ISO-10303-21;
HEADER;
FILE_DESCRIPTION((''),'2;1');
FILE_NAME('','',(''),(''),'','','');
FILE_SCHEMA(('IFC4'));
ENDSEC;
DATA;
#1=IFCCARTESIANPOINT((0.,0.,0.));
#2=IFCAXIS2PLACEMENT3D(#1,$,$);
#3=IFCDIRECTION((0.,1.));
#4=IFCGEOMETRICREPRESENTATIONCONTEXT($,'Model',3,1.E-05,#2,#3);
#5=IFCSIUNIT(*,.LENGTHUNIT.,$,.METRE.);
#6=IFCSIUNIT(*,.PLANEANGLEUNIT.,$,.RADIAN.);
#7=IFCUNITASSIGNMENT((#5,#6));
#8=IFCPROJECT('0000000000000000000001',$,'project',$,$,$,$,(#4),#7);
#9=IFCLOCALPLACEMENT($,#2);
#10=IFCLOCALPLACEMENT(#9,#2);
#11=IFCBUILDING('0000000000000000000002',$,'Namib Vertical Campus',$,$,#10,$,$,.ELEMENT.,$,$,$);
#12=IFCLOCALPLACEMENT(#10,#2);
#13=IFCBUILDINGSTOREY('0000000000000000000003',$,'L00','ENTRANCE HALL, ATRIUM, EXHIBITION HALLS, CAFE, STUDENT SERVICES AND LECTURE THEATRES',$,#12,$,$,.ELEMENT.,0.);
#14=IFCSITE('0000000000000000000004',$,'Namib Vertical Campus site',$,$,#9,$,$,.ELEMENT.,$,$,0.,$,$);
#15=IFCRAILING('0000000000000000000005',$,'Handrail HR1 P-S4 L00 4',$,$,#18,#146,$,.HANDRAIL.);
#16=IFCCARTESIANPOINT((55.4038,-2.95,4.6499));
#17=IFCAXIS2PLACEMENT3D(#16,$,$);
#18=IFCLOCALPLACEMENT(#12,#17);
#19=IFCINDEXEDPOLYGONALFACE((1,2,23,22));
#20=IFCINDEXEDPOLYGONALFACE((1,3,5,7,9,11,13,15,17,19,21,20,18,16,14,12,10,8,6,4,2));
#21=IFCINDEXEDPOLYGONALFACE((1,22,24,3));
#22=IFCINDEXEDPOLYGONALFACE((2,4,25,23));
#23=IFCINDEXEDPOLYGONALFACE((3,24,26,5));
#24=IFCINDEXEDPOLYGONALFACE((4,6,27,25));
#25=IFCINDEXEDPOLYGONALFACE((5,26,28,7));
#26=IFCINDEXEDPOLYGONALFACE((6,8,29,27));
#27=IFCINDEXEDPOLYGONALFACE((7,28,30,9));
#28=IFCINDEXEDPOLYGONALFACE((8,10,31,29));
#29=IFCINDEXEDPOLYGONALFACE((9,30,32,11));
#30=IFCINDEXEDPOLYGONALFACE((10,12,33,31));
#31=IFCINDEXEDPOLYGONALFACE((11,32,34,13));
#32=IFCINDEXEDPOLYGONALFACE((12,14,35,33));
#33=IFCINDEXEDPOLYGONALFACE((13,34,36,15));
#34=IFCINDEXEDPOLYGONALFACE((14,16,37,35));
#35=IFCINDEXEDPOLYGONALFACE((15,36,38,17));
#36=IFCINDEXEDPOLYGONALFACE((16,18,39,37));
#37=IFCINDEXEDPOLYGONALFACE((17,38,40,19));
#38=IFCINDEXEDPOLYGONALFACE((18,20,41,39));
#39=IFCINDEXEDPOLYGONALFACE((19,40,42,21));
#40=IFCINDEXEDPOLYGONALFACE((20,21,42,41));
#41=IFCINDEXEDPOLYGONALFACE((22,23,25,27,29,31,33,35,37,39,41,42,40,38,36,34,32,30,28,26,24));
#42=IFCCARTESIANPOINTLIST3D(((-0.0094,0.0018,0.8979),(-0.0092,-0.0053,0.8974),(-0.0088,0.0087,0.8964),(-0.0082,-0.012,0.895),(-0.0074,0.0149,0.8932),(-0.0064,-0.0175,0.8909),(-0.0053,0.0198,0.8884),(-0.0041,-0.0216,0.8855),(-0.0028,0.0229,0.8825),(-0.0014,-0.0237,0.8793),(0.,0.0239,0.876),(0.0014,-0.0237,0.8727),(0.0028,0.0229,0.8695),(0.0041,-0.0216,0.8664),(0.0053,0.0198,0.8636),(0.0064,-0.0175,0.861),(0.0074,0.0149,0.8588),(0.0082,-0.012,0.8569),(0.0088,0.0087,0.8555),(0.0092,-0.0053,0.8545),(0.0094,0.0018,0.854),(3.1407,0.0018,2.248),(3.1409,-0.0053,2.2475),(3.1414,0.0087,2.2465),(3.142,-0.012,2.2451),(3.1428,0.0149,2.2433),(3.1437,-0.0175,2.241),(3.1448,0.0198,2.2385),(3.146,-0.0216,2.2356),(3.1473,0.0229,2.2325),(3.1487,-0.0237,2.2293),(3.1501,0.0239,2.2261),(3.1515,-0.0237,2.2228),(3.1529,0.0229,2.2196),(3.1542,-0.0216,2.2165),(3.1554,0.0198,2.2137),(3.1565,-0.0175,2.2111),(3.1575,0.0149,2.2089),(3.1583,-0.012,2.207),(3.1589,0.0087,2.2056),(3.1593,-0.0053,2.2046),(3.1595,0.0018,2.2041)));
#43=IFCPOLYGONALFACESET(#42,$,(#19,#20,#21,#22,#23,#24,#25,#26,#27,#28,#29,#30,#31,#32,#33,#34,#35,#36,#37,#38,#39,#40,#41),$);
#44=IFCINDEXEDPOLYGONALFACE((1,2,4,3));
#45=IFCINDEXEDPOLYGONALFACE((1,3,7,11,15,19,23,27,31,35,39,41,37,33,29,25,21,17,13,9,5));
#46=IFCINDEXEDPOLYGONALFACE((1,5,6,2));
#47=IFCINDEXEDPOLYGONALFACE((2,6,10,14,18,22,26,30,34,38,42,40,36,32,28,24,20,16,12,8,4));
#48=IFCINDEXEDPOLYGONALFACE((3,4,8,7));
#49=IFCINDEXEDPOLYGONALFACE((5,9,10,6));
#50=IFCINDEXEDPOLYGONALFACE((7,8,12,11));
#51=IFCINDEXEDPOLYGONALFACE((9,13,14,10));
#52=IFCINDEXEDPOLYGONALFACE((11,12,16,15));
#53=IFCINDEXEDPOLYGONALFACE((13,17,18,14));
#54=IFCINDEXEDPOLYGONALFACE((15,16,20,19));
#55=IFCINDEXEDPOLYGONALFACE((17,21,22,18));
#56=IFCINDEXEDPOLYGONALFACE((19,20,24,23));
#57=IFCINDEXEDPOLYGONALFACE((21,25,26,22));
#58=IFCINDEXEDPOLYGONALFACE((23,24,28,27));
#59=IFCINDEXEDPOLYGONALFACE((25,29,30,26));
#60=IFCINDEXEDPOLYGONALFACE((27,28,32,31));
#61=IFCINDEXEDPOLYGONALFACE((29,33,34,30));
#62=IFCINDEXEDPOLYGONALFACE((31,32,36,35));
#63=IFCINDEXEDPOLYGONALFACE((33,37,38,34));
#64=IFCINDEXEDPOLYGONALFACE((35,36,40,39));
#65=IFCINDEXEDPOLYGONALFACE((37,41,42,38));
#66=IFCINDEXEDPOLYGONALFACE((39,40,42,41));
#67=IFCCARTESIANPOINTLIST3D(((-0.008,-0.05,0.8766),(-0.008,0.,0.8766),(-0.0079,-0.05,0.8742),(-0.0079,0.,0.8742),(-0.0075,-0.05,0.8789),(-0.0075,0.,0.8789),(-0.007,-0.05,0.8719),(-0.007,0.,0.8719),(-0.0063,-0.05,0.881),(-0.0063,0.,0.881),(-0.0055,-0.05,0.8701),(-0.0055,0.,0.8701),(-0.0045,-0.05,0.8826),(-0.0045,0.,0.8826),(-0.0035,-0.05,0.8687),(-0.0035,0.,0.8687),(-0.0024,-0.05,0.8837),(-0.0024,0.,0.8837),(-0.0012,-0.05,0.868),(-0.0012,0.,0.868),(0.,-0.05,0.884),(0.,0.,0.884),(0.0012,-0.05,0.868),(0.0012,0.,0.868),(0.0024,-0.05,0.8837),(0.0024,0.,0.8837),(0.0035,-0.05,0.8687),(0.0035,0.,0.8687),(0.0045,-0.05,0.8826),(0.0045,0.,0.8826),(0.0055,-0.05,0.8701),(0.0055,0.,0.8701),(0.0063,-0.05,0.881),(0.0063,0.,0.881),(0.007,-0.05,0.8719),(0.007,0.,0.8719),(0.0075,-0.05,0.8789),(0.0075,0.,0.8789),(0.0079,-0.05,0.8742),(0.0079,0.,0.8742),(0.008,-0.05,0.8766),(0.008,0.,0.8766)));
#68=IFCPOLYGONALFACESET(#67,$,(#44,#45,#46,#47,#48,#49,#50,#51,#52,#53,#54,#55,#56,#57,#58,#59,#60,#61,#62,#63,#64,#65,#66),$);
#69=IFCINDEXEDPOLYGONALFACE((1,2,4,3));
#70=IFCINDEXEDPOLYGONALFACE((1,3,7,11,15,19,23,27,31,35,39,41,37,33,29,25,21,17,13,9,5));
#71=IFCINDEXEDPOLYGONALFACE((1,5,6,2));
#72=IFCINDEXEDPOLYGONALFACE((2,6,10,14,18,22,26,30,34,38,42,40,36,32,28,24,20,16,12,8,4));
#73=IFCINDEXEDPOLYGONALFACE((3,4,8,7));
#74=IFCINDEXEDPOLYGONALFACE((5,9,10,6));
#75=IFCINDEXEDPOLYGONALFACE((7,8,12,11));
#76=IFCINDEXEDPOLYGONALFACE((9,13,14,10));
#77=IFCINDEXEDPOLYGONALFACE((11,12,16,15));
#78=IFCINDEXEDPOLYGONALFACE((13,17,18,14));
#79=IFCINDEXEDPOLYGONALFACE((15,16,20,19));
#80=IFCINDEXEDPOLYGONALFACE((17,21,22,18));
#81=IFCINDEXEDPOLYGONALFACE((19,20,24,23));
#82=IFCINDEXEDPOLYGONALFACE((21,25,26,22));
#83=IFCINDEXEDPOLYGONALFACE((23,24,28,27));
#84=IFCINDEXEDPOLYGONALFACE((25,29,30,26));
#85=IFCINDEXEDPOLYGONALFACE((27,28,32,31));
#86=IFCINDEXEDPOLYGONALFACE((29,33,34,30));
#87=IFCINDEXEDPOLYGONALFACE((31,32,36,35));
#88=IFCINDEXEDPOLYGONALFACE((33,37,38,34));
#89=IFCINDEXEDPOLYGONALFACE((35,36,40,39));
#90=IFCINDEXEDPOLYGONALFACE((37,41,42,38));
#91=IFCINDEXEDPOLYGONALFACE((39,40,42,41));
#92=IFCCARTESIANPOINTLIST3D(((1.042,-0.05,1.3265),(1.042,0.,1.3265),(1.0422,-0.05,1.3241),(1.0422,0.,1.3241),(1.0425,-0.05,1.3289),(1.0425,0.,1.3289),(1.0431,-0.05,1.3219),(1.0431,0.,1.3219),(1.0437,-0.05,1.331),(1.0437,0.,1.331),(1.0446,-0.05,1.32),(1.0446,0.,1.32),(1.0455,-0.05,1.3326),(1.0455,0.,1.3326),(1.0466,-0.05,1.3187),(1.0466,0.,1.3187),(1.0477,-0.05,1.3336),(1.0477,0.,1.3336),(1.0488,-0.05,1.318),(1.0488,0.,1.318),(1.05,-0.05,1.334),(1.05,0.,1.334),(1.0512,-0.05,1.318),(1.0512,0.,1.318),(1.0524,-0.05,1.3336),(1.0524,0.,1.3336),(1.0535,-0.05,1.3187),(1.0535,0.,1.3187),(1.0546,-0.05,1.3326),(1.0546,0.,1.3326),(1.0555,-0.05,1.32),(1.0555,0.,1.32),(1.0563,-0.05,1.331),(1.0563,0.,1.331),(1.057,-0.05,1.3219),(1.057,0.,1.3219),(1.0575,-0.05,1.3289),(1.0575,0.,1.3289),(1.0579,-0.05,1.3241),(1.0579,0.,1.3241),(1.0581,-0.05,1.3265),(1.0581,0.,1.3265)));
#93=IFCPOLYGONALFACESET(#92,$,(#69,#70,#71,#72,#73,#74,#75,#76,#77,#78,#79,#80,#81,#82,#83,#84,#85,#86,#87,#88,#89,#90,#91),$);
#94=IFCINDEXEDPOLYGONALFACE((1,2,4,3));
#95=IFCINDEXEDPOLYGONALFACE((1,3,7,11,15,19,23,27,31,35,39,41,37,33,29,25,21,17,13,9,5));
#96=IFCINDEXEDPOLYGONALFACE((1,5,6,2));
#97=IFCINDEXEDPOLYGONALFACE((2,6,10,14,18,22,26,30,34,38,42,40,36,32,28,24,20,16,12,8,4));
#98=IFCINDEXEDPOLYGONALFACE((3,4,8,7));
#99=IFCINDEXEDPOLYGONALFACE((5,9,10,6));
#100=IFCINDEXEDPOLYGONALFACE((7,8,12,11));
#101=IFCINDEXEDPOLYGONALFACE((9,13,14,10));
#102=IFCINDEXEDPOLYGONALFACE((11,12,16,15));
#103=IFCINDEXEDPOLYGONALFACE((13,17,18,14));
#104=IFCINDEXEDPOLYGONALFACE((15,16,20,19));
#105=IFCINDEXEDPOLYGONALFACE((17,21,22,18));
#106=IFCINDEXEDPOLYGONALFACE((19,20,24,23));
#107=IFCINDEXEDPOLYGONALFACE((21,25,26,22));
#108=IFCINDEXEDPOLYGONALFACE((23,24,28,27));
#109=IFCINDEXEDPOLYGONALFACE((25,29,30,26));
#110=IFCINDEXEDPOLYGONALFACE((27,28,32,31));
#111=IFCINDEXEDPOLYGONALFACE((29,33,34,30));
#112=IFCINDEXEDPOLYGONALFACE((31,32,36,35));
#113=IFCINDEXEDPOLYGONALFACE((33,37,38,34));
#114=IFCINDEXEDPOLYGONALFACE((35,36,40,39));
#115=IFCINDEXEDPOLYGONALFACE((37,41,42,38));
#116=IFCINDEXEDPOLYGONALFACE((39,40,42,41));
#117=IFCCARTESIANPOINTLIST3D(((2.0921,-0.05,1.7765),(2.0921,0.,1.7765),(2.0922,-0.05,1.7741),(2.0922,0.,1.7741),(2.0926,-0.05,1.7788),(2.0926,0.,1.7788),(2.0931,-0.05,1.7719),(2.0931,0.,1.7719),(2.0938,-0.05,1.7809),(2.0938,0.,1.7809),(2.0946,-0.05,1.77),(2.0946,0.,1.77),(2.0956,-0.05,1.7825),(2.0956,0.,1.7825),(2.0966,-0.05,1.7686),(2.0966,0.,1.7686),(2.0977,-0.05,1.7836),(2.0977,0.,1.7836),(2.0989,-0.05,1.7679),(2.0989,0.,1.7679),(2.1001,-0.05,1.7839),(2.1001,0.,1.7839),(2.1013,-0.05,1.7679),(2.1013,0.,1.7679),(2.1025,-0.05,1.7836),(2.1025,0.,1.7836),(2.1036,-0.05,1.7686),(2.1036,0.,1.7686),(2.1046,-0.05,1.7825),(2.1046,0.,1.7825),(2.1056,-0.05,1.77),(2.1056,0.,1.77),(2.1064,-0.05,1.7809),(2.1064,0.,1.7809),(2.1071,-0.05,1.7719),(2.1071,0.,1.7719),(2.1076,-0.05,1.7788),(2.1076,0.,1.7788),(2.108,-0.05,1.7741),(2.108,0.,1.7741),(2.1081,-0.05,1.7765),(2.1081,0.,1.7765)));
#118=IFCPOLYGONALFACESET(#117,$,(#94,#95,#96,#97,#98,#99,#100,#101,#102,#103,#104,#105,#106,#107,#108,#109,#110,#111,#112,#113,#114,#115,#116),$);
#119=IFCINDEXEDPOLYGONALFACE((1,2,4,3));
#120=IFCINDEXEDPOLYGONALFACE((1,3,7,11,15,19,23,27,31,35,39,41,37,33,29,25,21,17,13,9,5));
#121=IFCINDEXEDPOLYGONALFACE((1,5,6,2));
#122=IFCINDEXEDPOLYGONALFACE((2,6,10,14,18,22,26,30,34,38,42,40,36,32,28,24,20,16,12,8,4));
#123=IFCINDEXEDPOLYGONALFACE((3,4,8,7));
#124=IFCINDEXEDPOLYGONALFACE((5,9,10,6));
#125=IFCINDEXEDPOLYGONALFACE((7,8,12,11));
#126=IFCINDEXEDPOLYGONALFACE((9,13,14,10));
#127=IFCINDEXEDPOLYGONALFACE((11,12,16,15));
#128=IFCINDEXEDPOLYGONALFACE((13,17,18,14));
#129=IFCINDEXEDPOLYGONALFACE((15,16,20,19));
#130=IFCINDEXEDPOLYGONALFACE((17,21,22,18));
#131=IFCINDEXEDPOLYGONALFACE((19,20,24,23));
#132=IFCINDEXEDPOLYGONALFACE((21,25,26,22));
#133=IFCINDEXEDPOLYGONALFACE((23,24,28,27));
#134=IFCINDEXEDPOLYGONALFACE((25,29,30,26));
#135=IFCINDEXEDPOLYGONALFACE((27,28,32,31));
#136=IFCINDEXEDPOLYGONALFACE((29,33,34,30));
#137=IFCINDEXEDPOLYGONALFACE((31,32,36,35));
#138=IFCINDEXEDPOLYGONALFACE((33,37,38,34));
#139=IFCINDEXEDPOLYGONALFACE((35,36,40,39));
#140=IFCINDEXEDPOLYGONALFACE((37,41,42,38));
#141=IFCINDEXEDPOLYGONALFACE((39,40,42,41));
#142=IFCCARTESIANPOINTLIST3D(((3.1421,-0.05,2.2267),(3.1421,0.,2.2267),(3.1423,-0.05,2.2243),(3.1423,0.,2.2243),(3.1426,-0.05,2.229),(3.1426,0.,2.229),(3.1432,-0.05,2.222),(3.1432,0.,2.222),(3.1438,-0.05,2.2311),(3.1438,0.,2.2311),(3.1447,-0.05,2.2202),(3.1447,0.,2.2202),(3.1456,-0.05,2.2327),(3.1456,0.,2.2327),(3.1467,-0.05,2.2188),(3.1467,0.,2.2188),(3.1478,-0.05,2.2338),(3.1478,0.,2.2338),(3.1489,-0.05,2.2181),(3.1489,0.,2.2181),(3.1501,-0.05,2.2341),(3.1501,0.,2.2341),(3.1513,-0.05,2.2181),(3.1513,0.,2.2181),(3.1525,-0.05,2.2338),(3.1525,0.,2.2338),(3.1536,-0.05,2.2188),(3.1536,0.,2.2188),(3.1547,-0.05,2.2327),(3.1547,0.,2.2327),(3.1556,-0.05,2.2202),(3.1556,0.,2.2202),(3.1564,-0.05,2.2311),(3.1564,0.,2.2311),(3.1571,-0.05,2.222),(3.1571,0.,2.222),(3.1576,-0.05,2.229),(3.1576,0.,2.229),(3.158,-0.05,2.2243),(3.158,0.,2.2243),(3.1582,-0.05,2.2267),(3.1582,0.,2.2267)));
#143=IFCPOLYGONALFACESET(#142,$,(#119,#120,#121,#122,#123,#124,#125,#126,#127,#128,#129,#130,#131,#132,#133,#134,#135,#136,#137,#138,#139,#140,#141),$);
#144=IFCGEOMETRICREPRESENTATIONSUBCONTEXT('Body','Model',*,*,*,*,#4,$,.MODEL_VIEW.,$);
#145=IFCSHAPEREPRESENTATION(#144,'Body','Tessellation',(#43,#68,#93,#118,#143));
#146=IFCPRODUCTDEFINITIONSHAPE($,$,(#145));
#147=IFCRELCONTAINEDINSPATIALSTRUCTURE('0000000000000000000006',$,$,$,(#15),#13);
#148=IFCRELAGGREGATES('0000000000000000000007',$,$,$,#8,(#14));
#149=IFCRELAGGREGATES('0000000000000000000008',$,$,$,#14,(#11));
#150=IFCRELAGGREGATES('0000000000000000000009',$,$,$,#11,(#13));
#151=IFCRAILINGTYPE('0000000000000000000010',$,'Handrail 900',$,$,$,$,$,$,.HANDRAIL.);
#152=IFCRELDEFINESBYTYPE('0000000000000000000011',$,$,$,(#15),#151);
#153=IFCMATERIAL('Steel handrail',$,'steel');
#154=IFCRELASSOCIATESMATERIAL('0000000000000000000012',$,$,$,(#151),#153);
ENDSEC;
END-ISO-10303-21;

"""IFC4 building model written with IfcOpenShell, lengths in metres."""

from ifc_helpers import new_model, si_unit, direction, frame, origin, origin_2d, place, context, subcontext, project, spatial, circle, extrude, material, type_object, element, save


model = new_model("IFC4")

# Units and contexts
model_context = context("Model", 3, precision=1e-05, world=origin(), true_north=direction((0.0, 1.0)))
body_context = subcontext(model_context, "Body", "Model", "MODEL_VIEW")
ifc_project = project(units=[si_unit("LENGTHUNIT", "METRE"), si_unit("PLANEANGLEUNIT", "RADIAN")], contexts=[model_context])

# Site, building, storey
site_placement = place(None, origin())
site = spatial("IfcSite", under=ifc_project, at=site_placement, Name="Namib Vertical Campus site", CompositionType="ELEMENT", RefElevation=0.0)
building_placement = place(site_placement, origin())
building = spatial("IfcBuilding", under=site, at=building_placement, Name="Namib Vertical Campus", CompositionType="ELEMENT")
storey_placement = place(building_placement, origin())
storey = spatial("IfcBuildingStorey", under=building, at=storey_placement, Name="L00", Description="ENTRANCE HALL, ATRIUM, EXHIBITION HALLS, CAFE, STUDENT SERVICES AND LECTURE THEATRES", CompositionType="ELEMENT", Elevation=0.0)

# Railing
ifc_material_1 = material(Name="Steel handrail", Category="steel")
railing_type_1 = type_object("IfcRailingType", Name="Handrail 900", PredefinedType="HANDRAIL", material=ifc_material_1)
railing_1_placement = place(storey_placement, frame((55.4038, -2.95, 4.6499)))
element("IfcRailing", 1, at=railing_1_placement, inside=storey, type_object=railing_type_1, Name="Handrail HR1 P-S4 L00 4", PredefinedType="HANDRAIL", context=body_context, shape_type="SweptSolid", body=[
    extrude(circle(Radius=0.0239, at=origin_2d()), frame((0.0, 0.0, 0.876), z_axis=(0.919141, 0.0, 0.393928), x_axis=(0.0, 1.0, 0.0)), (0.0, 0.0, 1.0), 3.4272),
    extrude(circle(Radius=0.0081, at=origin_2d()), frame((0.0, 0.0, 0.876), z_axis=(0.0, -1.0, 0.0), x_axis=(0.0, 0.0, 1.0)), (0.0, 0.0, 1.0), 0.05),
    extrude(circle(Radius=0.0081, at=origin_2d()), frame((1.05, 0.0, 1.3259), z_axis=(0.0, -1.0, 0.0), x_axis=(0.0, 0.0, 1.0)), (0.0, 0.0, 1.0), 0.05),
    extrude(circle(Radius=0.0081, at=origin_2d()), frame((2.1001, 0.0, 1.7759), z_axis=(0.0, -1.0, 0.0), x_axis=(0.0, 0.0, 1.0)), (0.0, 0.0, 1.0), 0.05),
    extrude(circle(Radius=0.0081, at=origin_2d()), frame((3.1501, 0.0, 2.2261), z_axis=(0.0, -1.0, 0.0), x_axis=(0.0, 0.0, 1.0)), (0.0, 0.0, 1.0), 0.05),
])

save(model, "model.ifc")
